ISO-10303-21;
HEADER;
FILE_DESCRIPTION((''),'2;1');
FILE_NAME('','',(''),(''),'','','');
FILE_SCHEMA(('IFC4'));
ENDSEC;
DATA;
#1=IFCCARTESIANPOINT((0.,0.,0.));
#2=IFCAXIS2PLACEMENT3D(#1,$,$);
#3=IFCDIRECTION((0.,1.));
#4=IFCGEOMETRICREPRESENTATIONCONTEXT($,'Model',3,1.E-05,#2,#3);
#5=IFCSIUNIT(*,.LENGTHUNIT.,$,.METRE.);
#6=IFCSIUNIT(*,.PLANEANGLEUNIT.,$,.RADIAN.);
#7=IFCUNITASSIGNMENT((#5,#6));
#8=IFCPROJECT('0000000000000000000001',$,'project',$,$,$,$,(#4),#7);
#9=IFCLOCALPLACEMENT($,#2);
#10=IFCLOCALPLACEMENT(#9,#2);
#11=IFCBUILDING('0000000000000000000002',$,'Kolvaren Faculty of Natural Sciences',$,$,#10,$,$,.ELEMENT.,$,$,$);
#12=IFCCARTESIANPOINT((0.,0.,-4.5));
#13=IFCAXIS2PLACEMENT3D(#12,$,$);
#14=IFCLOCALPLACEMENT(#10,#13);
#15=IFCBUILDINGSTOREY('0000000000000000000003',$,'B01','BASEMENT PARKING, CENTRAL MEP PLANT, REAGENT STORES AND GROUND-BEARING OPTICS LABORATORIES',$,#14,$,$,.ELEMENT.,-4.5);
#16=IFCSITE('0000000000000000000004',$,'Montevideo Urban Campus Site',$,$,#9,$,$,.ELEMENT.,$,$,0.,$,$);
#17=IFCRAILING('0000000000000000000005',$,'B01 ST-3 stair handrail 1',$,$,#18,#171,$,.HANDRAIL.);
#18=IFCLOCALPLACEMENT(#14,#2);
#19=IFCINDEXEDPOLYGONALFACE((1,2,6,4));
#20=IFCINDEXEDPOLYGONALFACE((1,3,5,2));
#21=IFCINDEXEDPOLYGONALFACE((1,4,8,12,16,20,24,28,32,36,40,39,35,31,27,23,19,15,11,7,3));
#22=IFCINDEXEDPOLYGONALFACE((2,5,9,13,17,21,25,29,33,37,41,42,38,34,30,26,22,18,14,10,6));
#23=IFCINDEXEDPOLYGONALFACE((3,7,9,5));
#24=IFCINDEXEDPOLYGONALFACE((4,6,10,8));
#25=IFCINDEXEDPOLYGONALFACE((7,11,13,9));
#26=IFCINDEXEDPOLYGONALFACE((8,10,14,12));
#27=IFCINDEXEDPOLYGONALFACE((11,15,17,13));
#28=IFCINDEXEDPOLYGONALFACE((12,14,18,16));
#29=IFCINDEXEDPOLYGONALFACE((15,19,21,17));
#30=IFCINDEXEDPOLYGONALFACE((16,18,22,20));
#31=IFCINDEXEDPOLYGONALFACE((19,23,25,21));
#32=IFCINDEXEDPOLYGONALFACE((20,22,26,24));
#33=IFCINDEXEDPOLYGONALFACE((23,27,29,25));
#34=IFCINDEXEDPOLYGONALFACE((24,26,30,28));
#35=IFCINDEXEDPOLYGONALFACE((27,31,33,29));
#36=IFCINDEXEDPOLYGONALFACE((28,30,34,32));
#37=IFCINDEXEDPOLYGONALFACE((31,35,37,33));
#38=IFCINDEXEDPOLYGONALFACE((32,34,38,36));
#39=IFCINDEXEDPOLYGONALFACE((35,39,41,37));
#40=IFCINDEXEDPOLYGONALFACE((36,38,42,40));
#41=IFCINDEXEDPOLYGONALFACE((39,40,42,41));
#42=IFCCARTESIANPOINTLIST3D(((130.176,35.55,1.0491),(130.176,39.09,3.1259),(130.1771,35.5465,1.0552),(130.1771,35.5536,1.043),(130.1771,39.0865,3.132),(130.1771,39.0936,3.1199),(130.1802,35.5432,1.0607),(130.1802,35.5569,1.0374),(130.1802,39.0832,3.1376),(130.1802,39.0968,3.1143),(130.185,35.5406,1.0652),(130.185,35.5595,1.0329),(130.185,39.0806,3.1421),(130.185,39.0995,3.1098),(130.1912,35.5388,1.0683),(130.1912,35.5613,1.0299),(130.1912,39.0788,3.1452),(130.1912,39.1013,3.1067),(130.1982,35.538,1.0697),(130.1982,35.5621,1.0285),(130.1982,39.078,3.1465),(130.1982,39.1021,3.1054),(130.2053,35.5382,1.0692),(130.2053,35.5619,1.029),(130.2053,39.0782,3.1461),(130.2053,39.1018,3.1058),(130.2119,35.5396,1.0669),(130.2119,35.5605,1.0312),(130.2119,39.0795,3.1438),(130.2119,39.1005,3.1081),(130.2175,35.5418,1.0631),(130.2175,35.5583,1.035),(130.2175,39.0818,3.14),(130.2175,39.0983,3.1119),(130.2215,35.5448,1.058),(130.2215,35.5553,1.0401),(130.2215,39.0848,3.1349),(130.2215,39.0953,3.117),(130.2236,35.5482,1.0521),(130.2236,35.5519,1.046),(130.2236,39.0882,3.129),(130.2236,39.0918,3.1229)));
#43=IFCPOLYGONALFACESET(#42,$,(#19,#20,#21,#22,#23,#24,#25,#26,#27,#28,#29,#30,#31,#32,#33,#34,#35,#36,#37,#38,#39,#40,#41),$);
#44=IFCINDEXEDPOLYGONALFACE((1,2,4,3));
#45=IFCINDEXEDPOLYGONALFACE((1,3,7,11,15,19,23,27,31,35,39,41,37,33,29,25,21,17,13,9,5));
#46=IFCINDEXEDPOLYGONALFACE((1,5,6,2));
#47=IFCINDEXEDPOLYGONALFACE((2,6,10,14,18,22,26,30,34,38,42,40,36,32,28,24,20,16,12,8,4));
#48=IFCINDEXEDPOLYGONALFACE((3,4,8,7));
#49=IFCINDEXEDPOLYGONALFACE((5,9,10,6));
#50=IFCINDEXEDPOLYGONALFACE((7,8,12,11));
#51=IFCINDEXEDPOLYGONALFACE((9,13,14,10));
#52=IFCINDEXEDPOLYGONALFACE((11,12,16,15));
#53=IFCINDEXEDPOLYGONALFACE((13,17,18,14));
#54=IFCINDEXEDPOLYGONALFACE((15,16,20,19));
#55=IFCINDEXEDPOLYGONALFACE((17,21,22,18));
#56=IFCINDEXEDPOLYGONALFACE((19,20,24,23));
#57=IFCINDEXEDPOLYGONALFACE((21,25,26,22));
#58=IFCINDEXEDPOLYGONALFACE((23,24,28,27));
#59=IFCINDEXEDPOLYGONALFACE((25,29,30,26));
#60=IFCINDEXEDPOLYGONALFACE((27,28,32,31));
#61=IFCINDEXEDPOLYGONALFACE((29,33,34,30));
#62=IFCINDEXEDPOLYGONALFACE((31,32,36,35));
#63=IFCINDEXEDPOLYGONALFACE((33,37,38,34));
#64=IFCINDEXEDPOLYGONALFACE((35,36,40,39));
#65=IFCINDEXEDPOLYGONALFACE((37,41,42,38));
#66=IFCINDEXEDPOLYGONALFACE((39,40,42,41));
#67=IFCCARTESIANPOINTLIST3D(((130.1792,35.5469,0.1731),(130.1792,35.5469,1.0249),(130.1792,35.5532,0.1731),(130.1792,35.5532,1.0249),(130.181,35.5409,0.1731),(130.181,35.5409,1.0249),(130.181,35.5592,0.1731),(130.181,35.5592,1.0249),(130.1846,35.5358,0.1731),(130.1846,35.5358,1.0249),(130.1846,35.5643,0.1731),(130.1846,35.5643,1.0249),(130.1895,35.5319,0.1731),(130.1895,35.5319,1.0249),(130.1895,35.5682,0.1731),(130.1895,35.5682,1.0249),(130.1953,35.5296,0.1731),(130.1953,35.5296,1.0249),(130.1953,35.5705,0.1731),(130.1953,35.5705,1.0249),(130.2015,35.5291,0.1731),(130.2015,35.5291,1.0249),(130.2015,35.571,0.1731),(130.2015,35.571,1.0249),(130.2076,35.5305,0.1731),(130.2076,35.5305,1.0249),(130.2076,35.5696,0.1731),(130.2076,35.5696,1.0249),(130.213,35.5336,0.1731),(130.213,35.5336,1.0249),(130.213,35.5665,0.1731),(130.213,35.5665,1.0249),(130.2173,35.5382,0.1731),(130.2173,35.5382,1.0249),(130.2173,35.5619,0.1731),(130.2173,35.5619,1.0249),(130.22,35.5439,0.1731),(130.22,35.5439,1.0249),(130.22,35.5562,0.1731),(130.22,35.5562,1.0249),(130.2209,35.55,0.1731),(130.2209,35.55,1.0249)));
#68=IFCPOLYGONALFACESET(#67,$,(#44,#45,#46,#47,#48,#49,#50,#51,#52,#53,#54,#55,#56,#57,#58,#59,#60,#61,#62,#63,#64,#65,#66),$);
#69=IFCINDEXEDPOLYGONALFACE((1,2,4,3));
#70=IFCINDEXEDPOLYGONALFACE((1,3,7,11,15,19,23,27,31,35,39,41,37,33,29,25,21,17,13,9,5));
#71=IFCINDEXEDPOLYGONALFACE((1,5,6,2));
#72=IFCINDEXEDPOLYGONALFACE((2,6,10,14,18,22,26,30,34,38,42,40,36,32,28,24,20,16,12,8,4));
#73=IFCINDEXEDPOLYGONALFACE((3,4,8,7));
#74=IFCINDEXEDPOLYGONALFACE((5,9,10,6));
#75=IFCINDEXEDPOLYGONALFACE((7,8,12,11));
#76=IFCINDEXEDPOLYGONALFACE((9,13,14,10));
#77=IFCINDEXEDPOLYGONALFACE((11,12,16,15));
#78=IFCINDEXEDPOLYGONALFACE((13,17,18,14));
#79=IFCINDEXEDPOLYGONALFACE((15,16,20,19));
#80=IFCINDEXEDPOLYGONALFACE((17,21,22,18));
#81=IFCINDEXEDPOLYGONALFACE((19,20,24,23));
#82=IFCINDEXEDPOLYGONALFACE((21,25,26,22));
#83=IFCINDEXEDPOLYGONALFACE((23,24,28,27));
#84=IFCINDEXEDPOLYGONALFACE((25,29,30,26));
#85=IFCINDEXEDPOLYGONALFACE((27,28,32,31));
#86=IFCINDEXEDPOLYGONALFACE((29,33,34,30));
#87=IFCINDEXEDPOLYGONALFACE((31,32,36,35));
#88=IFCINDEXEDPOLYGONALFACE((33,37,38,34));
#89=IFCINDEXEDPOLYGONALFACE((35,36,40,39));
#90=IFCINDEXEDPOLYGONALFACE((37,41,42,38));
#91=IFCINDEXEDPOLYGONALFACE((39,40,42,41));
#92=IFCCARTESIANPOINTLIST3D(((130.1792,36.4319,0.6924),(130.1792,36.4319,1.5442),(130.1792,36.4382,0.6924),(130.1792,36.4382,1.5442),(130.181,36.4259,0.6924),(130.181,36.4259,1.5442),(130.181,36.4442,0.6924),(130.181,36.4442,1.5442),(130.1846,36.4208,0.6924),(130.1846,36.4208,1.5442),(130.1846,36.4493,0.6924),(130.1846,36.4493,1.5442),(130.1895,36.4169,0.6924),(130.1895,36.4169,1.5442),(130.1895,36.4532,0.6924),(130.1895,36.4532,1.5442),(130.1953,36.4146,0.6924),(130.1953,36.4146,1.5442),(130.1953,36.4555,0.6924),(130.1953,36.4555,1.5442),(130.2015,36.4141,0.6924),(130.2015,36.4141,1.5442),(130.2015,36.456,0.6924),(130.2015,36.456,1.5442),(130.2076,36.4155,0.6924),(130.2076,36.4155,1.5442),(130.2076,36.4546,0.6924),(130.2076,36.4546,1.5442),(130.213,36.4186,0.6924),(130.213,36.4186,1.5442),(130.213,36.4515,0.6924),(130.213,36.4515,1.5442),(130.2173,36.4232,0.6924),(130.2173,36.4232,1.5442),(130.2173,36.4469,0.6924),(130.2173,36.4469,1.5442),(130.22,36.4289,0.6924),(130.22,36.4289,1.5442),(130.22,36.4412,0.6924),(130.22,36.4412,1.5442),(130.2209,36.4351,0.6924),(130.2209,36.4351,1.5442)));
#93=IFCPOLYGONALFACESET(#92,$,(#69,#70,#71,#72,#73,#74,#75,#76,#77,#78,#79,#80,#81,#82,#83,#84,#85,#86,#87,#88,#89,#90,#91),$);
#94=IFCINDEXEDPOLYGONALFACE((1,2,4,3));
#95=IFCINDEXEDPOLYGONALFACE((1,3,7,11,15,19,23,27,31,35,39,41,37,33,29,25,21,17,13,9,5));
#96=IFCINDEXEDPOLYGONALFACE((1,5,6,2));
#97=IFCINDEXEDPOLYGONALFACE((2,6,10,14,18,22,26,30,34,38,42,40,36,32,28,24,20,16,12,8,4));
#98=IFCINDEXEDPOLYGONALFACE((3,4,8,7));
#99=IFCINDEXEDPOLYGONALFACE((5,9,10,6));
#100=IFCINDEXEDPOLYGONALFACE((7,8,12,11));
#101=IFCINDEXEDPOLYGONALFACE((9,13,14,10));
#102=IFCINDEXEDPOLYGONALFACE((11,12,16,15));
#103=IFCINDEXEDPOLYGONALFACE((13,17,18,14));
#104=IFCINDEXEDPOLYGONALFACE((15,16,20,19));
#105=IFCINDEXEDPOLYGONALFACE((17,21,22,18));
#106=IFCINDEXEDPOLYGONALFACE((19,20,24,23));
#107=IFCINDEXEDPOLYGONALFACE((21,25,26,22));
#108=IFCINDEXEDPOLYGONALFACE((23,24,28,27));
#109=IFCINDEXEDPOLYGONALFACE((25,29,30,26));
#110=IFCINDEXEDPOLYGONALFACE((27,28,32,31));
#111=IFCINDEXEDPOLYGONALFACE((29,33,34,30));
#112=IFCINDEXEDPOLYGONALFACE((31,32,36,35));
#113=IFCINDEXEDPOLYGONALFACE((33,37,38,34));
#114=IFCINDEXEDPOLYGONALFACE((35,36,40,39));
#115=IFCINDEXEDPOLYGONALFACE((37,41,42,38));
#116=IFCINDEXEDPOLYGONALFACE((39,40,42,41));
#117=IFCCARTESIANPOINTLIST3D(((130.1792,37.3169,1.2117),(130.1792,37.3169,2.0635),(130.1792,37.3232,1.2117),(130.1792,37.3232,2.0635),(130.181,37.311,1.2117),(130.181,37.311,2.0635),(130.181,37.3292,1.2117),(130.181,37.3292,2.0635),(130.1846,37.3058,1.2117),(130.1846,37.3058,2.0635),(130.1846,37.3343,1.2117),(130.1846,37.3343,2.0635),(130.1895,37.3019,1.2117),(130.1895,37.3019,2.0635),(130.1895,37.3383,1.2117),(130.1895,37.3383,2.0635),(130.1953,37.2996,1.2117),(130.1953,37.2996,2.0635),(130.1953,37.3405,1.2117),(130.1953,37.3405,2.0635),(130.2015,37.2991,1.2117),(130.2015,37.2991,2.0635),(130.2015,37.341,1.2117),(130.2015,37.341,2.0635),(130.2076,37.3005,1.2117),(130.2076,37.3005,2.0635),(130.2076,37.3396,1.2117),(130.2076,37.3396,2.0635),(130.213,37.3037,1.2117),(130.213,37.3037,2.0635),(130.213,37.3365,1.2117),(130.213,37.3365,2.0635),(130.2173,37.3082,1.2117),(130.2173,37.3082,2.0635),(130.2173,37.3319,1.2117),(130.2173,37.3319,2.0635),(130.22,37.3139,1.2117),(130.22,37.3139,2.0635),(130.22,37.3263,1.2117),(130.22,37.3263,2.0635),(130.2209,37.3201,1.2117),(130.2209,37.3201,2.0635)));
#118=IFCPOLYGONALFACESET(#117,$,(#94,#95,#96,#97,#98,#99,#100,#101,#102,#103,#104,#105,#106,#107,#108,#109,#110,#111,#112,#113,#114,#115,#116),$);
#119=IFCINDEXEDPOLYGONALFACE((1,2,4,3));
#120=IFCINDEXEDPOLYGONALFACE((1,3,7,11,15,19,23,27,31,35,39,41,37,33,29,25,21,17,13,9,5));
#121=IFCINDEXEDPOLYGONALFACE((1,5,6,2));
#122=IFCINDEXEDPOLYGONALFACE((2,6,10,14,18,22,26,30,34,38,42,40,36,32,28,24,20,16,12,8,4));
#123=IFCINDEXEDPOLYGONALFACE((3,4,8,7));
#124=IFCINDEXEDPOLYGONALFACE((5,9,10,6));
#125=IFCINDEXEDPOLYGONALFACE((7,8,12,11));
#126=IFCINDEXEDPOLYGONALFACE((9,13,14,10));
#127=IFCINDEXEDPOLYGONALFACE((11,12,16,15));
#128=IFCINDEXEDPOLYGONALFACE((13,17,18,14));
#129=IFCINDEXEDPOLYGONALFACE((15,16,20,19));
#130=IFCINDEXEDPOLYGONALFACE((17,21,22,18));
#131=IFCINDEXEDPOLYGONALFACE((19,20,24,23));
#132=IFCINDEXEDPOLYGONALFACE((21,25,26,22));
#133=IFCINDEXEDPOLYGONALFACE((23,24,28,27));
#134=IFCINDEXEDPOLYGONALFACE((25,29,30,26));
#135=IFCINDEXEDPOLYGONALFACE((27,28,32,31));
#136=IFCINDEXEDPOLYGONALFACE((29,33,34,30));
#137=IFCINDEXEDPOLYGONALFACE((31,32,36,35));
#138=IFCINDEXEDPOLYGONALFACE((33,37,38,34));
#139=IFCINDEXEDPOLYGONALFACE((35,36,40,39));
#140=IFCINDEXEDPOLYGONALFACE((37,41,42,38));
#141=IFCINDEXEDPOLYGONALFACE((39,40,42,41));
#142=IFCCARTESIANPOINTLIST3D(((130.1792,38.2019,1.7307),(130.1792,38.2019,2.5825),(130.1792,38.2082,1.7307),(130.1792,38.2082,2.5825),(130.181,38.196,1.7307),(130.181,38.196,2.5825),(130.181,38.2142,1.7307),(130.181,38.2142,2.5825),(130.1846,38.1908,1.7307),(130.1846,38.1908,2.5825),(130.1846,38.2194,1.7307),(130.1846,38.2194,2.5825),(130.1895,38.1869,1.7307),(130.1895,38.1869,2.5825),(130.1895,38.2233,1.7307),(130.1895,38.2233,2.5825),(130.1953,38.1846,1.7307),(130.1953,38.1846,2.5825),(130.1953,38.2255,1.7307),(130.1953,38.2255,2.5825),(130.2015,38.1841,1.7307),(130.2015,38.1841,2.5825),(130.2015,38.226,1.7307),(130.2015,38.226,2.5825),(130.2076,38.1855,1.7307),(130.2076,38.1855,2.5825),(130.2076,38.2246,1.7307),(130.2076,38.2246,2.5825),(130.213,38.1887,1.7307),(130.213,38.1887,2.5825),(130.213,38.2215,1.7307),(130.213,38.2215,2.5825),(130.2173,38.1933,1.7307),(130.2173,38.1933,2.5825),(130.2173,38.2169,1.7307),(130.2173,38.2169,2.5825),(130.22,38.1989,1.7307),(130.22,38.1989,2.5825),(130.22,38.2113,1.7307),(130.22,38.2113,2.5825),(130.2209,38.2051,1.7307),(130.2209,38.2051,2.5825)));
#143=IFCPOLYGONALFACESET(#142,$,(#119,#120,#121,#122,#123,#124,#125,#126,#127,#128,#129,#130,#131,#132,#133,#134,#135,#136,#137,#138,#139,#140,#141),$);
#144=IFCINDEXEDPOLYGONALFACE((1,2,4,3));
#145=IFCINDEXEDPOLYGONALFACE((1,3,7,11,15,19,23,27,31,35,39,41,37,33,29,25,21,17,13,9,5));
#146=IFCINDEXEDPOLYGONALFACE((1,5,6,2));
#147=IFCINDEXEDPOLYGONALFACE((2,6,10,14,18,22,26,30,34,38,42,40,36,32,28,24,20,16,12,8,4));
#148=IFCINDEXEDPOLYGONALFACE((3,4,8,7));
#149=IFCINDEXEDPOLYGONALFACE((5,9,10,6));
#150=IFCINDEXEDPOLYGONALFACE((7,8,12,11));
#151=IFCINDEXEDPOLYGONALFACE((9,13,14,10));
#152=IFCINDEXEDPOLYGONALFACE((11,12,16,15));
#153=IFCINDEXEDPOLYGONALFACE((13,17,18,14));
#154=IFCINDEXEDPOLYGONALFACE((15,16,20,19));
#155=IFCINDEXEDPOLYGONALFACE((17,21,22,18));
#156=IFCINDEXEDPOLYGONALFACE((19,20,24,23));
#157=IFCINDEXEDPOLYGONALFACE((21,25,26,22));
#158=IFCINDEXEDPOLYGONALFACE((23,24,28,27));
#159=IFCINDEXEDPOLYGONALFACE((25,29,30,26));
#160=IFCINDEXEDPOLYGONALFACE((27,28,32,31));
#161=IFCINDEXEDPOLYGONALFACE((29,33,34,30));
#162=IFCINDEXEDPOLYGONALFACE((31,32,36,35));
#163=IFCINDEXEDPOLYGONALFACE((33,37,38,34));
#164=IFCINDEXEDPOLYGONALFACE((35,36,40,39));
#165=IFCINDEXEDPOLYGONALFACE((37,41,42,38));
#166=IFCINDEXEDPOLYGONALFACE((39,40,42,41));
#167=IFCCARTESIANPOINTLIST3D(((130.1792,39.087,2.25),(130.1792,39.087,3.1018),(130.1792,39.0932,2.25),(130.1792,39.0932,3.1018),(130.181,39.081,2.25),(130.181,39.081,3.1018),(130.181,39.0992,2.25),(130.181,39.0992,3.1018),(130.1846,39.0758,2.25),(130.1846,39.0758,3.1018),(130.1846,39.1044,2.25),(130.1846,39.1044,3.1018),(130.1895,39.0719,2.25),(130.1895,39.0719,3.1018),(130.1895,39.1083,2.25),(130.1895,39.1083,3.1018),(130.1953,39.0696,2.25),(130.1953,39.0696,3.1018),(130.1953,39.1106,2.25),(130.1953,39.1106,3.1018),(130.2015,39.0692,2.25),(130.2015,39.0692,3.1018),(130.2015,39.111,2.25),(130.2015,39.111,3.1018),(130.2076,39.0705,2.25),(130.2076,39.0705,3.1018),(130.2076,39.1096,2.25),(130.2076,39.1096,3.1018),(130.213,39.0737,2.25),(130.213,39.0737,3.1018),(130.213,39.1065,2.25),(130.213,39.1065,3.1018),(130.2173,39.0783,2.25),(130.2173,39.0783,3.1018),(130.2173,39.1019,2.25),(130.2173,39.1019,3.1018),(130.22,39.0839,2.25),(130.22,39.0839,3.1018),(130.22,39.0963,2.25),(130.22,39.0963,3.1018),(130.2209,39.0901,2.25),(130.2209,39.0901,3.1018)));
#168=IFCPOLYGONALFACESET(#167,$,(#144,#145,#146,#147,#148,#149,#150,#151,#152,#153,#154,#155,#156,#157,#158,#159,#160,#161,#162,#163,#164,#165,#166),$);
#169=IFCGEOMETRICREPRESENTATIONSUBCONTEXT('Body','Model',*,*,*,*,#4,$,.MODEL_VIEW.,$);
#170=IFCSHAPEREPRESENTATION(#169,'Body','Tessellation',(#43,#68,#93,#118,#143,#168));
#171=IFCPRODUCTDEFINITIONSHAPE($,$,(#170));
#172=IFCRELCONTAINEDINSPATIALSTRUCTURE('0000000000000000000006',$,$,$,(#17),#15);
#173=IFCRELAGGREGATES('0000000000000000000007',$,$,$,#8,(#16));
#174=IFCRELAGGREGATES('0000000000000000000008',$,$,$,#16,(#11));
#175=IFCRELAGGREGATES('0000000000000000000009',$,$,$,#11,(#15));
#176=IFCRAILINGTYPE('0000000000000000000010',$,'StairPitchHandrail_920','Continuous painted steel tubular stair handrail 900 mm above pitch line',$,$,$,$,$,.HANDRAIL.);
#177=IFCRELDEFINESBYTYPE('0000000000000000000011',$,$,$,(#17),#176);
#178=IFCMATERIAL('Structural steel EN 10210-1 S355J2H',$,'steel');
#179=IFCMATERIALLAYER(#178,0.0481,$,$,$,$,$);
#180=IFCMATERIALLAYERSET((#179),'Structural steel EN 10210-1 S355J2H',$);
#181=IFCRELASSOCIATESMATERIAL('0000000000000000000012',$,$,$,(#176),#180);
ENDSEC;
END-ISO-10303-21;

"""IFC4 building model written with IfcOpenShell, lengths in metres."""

from ifc_helpers import new_model, si_unit, direction, frame, origin, origin_2d, place, context, subcontext, project, spatial, circle, extrude, material, layer, layer_set, type_object, element, save


model = new_model("IFC4")

# Units and contexts
model_context = context("Model", 3, precision=1e-05, world=origin(), true_north=direction((0.0, 1.0)))
body_context = subcontext(model_context, "Body", "Model", "MODEL_VIEW")
ifc_project = project(units=[si_unit("LENGTHUNIT", "METRE"), si_unit("PLANEANGLEUNIT", "RADIAN")], contexts=[model_context])

# Site, building, storey
site_placement = place(None, origin())
site = spatial("IfcSite", under=ifc_project, at=site_placement, Name="Montevideo Urban Campus Site", CompositionType="ELEMENT", RefElevation=0.0)
building_placement = place(site_placement, origin())
building = spatial("IfcBuilding", under=site, at=building_placement, Name="Kolvaren Faculty of Natural Sciences", CompositionType="ELEMENT")
storey_placement = place(building_placement, frame((0.0, 0.0, -4.5)))
storey = spatial("IfcBuildingStorey", under=building, at=storey_placement, Name="B01", Description="BASEMENT PARKING, CENTRAL MEP PLANT, REAGENT STORES AND GROUND-BEARING OPTICS LABORATORIES", CompositionType="ELEMENT", Elevation=-4.5)

# Railing
ifc_material_1 = material(Name="Structural steel EN 10210-1 S355J2H", Category="steel")
ifc_layer_1 = layer(ifc_material_1, 0.0481)
ifc_layer_set_1 = layer_set([ifc_layer_1], Name="Structural steel EN 10210-1 S355J2H")
railing_type = type_object("IfcRailingType", Name="StairPitchHandrail_920", Description="Continuous painted steel tubular stair handrail 900 mm above pitch line", PredefinedType="HANDRAIL", material=ifc_layer_set_1)
railing_placement = place(storey_placement, frame((130.2, 35.55, 0.1731)))
element("IfcRailing", 1, at=railing_placement, inside=storey, type_object=railing_type, Name="B01 ST-3 stair handrail 1", PredefinedType="HANDRAIL", context=body_context, shape_type="SweptSolid", body=[
    extrude(circle(Radius=0.0239, at=origin_2d()), frame((0.0, 0.0, 0.876), z_axis=(0.0, 0.862516, 0.506029), x_axis=(-1.0, 0.0, 0.0)), (0.0, 0.0, 1.0), 4.1042),
    extrude(circle(Radius=0.021, at=origin_2d()), origin(), (0.0, 0.0, 1.0), 0.8518),
    extrude(circle(Radius=0.021, at=origin_2d()), frame((0.0, 0.885, 0.5193)), (0.0, 0.0, 1.0), 0.8518),
    extrude(circle(Radius=0.021, at=origin_2d()), frame((0.0, 1.77, 1.0386)), (0.0, 0.0, 1.0), 0.8518),
    extrude(circle(Radius=0.021, at=origin_2d()), frame((0.0, 2.655, 1.5576)), (0.0, 0.0, 1.0), 0.8518),
    extrude(circle(Radius=0.021, at=origin_2d()), frame((0.0, 3.54, 2.0769)), (0.0, 0.0, 1.0), 0.8518),
])

save(model, "model.ifc")
